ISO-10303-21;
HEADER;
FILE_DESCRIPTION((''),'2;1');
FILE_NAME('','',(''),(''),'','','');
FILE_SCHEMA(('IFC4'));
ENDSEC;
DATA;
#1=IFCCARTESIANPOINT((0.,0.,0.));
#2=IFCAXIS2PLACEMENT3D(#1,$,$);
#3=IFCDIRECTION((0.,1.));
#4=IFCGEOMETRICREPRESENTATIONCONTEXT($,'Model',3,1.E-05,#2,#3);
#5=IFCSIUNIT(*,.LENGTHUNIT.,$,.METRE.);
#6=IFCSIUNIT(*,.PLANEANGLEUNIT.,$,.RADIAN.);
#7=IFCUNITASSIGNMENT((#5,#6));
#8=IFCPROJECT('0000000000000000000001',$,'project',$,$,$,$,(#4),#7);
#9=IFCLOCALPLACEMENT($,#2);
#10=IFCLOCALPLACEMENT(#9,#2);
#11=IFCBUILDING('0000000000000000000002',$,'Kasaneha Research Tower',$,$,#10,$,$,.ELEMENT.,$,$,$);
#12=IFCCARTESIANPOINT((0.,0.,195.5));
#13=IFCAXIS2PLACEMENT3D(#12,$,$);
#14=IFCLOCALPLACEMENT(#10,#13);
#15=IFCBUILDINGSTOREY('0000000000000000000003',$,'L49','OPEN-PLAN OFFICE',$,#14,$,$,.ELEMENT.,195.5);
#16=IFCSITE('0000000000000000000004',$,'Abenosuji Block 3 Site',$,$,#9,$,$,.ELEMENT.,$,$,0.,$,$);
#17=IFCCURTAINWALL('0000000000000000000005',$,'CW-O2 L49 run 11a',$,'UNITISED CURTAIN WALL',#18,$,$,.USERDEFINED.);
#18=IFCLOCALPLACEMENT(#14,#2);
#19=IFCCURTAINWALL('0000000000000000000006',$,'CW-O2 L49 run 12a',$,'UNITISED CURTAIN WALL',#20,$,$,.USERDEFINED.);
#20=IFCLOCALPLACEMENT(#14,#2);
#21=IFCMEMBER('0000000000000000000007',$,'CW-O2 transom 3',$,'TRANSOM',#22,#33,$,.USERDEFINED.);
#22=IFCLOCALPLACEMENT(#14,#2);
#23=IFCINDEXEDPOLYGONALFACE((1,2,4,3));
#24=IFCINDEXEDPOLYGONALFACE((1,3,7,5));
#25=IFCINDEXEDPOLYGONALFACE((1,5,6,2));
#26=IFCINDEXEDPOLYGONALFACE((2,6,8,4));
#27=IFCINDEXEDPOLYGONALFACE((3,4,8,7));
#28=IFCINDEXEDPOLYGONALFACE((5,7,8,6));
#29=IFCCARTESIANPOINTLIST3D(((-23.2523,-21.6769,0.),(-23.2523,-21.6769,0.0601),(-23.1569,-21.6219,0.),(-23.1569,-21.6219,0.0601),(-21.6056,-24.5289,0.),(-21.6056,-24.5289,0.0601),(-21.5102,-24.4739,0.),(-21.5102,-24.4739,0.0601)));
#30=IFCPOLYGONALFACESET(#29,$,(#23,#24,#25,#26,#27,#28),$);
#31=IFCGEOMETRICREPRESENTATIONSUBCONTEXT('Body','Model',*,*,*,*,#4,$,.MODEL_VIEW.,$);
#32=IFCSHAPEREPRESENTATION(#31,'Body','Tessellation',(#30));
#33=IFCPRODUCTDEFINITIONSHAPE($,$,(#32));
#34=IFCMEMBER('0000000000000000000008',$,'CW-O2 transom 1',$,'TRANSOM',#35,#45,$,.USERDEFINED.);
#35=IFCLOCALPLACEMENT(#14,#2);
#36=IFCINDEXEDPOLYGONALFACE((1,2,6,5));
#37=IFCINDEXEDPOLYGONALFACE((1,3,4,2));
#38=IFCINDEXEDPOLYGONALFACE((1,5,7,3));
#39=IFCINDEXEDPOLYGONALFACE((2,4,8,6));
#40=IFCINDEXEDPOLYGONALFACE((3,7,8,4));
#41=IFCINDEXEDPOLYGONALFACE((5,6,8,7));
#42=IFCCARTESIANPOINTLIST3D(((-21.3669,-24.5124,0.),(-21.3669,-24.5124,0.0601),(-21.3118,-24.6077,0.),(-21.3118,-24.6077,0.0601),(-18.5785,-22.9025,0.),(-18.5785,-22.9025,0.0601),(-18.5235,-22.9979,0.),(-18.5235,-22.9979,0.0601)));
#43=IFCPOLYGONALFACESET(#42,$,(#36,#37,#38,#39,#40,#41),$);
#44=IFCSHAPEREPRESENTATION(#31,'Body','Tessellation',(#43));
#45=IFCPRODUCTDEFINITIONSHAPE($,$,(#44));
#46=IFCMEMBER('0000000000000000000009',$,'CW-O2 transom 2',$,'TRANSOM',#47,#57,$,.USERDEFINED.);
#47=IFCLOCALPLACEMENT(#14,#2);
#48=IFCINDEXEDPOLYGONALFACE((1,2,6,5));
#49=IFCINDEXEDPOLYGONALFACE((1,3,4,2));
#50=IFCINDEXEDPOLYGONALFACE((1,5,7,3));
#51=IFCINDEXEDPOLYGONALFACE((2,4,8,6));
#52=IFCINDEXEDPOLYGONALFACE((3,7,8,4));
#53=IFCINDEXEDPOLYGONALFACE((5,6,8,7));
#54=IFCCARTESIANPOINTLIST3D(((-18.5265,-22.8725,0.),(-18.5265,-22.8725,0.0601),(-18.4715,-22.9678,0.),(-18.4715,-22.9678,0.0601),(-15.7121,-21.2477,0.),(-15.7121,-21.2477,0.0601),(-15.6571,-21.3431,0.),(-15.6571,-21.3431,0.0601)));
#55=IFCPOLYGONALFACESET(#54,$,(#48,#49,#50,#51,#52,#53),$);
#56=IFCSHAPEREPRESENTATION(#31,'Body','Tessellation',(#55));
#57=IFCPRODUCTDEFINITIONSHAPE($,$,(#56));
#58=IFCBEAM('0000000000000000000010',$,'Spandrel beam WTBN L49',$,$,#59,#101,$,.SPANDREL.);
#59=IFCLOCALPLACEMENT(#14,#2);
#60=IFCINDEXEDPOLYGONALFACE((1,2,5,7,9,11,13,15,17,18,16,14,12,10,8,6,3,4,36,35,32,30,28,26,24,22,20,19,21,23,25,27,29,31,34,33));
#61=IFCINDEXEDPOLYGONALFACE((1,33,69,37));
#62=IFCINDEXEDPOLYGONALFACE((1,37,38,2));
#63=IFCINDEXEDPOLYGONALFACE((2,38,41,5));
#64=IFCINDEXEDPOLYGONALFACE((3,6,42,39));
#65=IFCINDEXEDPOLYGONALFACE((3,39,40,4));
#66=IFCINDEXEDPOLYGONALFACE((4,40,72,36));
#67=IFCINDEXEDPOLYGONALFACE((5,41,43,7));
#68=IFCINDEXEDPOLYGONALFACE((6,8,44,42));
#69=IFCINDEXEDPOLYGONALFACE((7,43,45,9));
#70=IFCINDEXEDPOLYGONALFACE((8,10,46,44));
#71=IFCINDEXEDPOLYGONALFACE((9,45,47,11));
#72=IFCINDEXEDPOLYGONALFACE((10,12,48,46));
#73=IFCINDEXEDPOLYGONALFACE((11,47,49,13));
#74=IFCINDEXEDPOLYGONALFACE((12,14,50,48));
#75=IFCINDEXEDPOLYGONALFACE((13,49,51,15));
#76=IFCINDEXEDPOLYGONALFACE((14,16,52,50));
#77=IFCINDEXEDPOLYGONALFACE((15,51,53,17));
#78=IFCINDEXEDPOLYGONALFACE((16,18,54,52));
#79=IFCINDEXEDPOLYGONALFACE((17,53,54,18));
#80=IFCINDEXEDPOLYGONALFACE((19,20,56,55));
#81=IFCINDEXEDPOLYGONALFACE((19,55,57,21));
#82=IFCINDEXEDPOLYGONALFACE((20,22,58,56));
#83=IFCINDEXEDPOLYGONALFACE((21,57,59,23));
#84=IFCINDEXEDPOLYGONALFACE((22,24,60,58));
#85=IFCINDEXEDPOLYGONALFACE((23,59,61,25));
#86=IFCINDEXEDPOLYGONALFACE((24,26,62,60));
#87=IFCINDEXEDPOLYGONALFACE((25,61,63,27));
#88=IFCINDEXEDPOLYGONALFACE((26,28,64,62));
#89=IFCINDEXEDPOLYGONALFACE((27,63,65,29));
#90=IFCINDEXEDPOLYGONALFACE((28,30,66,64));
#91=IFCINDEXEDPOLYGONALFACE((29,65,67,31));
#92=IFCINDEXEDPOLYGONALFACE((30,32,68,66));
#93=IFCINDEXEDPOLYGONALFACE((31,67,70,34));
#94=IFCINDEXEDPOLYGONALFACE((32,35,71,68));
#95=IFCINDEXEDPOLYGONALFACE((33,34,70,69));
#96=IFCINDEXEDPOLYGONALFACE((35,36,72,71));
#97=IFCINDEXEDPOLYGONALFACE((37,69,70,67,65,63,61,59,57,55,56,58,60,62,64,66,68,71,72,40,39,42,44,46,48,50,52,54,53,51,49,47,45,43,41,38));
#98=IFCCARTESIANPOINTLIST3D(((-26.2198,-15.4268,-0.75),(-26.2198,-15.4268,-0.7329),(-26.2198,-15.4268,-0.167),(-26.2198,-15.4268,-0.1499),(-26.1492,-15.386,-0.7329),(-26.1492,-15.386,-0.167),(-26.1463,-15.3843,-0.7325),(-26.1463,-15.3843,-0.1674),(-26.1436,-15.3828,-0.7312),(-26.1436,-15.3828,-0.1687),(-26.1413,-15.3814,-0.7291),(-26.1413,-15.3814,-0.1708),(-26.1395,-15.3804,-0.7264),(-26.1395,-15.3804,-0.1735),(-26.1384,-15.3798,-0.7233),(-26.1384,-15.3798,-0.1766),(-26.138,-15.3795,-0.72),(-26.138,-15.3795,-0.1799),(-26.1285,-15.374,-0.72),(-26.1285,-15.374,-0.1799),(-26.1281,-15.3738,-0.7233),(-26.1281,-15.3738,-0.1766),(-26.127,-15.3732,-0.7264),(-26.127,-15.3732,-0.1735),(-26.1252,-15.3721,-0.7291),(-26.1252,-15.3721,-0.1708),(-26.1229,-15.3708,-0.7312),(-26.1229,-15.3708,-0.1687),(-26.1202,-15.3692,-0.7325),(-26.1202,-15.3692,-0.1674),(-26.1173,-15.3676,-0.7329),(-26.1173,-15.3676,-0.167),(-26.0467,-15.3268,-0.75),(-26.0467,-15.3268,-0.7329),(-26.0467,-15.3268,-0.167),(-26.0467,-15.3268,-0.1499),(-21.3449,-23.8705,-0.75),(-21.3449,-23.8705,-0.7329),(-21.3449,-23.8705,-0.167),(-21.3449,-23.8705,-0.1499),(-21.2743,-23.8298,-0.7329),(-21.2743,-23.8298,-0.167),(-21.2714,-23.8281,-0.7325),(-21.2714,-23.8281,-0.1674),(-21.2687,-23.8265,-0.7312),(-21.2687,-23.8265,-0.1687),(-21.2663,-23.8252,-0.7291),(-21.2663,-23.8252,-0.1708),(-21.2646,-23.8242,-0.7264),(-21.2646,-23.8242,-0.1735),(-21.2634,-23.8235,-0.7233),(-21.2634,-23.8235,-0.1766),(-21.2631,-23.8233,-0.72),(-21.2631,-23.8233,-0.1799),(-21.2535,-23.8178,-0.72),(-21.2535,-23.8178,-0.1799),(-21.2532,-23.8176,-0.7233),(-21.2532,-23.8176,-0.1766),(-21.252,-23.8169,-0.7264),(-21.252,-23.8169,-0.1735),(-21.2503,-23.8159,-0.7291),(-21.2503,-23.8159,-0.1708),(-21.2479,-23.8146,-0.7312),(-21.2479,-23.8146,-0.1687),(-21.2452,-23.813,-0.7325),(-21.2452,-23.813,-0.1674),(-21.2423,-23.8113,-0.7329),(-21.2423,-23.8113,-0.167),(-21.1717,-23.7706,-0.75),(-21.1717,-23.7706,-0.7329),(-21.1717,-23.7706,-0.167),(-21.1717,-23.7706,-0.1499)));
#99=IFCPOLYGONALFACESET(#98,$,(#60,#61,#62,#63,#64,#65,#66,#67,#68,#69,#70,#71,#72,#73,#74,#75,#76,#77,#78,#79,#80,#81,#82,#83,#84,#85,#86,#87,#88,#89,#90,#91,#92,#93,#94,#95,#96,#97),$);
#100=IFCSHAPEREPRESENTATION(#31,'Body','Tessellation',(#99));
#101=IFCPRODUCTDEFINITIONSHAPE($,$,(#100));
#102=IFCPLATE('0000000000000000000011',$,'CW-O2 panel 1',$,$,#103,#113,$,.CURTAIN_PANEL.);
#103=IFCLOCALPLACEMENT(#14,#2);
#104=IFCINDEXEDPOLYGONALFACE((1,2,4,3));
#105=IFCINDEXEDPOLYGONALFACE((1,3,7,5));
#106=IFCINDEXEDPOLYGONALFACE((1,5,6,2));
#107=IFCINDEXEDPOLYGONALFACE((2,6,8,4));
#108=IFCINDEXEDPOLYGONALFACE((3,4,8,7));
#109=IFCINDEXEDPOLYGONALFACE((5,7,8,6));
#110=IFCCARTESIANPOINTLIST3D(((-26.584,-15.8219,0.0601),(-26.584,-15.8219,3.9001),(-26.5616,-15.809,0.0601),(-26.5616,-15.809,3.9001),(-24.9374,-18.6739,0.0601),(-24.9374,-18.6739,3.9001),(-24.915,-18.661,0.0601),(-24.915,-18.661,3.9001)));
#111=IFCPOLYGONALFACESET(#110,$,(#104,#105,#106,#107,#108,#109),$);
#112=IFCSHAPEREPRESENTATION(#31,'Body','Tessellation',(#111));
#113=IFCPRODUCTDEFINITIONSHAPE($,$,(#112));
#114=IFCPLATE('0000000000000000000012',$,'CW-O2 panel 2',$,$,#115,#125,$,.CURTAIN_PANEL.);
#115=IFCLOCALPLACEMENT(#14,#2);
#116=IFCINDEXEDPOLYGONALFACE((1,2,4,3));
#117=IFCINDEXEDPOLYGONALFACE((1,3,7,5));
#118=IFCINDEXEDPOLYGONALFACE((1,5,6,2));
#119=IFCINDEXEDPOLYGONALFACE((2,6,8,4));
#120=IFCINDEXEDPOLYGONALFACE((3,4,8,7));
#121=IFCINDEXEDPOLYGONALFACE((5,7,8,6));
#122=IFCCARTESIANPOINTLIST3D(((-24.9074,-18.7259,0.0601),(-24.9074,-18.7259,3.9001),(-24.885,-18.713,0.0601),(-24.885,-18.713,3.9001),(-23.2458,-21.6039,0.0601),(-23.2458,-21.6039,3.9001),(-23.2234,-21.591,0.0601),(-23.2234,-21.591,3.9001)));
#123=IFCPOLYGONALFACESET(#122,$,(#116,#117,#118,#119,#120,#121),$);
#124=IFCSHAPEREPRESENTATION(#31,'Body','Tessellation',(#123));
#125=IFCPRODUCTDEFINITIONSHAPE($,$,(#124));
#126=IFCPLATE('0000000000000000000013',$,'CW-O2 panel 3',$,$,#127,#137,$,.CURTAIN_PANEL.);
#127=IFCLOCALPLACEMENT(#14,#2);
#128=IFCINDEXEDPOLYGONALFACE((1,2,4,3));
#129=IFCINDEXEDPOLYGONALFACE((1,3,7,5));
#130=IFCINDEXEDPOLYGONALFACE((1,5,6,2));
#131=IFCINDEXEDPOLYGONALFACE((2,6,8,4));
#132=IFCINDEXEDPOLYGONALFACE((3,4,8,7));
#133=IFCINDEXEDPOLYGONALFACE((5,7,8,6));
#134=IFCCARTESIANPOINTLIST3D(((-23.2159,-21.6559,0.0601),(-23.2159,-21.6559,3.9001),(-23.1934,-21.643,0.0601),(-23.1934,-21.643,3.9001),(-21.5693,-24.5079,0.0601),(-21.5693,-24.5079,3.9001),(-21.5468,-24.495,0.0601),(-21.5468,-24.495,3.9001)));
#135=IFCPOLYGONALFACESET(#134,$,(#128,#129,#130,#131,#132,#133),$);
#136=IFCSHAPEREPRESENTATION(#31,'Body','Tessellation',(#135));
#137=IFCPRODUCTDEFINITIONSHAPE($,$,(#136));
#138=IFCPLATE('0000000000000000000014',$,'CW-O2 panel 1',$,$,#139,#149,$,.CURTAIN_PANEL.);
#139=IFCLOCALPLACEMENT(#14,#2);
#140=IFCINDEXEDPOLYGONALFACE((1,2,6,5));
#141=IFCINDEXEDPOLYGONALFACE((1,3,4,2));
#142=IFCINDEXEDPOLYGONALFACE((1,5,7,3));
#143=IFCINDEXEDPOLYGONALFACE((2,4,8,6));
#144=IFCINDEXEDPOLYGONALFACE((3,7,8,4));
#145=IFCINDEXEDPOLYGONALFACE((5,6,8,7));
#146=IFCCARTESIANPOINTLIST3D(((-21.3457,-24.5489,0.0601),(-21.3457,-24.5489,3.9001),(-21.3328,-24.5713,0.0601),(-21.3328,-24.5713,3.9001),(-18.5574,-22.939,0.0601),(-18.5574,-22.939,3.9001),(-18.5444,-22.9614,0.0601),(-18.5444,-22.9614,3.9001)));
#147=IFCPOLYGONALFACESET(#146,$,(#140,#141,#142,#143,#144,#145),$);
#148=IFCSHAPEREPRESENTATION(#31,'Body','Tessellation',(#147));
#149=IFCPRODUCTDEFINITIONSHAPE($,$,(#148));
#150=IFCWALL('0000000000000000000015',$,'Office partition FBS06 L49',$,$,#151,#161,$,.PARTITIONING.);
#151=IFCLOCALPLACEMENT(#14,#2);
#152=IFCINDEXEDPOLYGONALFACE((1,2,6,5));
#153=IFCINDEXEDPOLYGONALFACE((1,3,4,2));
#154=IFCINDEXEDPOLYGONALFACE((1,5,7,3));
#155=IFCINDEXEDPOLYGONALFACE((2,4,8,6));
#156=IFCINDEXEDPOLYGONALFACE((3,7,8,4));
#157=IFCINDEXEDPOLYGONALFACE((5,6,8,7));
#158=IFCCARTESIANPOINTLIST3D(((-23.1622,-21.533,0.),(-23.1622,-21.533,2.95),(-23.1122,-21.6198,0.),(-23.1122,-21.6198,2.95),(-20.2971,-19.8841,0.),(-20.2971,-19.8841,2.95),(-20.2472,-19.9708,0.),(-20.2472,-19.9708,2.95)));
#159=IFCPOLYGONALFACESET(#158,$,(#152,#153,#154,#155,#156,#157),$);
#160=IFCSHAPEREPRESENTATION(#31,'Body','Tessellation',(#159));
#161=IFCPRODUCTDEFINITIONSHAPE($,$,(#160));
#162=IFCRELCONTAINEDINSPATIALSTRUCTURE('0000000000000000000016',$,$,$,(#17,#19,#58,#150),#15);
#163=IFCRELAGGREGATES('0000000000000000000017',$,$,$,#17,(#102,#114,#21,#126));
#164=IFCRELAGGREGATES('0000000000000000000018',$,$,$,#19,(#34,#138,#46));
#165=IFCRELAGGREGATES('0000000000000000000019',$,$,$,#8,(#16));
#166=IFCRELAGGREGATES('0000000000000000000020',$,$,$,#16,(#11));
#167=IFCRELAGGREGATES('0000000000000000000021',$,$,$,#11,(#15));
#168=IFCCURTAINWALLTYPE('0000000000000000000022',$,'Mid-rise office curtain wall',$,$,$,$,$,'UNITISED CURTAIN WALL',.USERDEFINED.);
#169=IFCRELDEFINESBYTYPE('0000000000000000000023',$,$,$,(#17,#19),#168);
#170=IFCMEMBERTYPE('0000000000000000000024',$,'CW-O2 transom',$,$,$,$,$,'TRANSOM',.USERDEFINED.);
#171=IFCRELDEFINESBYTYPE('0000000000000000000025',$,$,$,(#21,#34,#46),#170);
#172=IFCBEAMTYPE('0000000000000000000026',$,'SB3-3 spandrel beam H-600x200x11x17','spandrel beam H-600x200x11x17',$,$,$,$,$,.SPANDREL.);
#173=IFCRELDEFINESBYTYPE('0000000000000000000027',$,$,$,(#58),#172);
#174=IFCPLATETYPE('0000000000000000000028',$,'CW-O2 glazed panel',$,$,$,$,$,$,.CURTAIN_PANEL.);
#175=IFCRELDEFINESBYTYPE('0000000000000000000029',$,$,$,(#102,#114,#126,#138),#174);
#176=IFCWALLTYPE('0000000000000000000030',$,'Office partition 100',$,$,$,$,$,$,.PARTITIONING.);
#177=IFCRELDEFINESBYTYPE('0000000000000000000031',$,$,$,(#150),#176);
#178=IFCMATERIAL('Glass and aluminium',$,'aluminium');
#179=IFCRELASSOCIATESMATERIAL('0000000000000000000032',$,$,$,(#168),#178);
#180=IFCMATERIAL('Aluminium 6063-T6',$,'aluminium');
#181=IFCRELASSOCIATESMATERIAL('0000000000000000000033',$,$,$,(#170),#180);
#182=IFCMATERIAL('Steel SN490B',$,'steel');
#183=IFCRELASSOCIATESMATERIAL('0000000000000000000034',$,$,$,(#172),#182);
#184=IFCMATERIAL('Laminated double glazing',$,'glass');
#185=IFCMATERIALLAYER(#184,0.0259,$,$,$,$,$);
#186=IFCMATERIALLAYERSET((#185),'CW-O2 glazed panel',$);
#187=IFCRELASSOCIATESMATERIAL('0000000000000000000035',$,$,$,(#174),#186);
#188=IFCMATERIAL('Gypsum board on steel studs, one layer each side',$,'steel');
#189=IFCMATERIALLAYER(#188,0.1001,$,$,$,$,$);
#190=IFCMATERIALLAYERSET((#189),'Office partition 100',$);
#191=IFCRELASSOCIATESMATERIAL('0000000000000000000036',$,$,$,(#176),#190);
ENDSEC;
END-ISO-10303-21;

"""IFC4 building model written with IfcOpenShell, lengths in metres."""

from ifc_helpers import new_model, si_unit, direction, frame, frame_2d, origin, origin_2d, place, context, subcontext, project, spatial, rectangle, i_section, extrude, material, layer, layer_set, material_profile, profile_set, type_object, element, aggregate, save


model = new_model("IFC4")

# Units and contexts
model_context = context("Model", 3, precision=1e-05, world=origin(), true_north=direction((0.0, 1.0)))
body_context = subcontext(model_context, "Body", "Model", "MODEL_VIEW")
ifc_project = project(units=[si_unit("LENGTHUNIT", "METRE"), si_unit("PLANEANGLEUNIT", "RADIAN")], contexts=[model_context])

# Site, building, storey
site_placement = place(None, origin())
site = spatial("IfcSite", under=ifc_project, at=site_placement, Name="Abenosuji Block 3 Site", CompositionType="ELEMENT", RefElevation=0.0)
building_placement = place(site_placement, origin())
building = spatial("IfcBuilding", under=site, at=building_placement, Name="Kasaneha Research Tower", CompositionType="ELEMENT")
storey_placement = place(building_placement, frame((0.0, 0.0, 195.5)))
storey = spatial("IfcBuildingStorey", under=building, at=storey_placement, Name="L49", Description="OPEN-PLAN OFFICE", CompositionType="ELEMENT", Elevation=195.5)

# Shared definitions
ifc_material_1 = material(Name="Glass and aluminium", Category="aluminium")
curtain_wall_type = type_object("IfcCurtainWallType", Name="Mid-rise office curtain wall", ElementType="UNITISED CURTAIN WALL", PredefinedType="USERDEFINED", material=ifc_material_1)

# Curtain walls
curtain_wall_1_placement = place(storey_placement, origin())
curtain_wall_1 = element("IfcCurtainWall", 1, at=curtain_wall_1_placement, inside=storey, type_object=curtain_wall_type, Name="CW-O2 L49 run 11a", ObjectType="UNITISED CURTAIN WALL", PredefinedType="USERDEFINED")
curtain_wall_2_placement = place(storey_placement, origin())
curtain_wall_2 = element("IfcCurtainWall", 2, at=curtain_wall_2_placement, inside=storey, type_object=curtain_wall_type, Name="CW-O2 L49 run 12a", ObjectType="UNITISED CURTAIN WALL", PredefinedType="USERDEFINED")

# Members
ifc_material_2 = material(Name="Aluminium 6063-T6", Category="aluminium")
ifc_material_profile_1 = material_profile(ifc_material_2, rectangle(XDim=0.1101, YDim=0.0601, at=origin_2d()), Name="CW-O2 transom 110x60")
ifc_profile_set_1 = profile_set([ifc_material_profile_1], Name="Aluminium 6063-T6")
member_type_1 = type_object("IfcMemberType", Name="CW-O2 transom", ElementType="TRANSOM", PredefinedType="USERDEFINED", material=ifc_profile_set_1)
member_1_placement = place(storey_placement, frame((-23.2046, -21.6494, 0.03), z_axis=(0.500022, -0.866013, 0.0), x_axis=(0.866013, 0.500022, 0.0)))
member_1 = element("IfcMember", 3, at=member_1_placement, type_object=member_type_1, Name="CW-O2 transom 3", ObjectType="TRANSOM", PredefinedType="USERDEFINED", context=body_context, shape_type="SweptSolid", body=[
    extrude(rectangle(XDim=0.1101, YDim=0.0601, at=origin_2d()), origin(), (0.0, 0.0, 1.0), 3.2932),
])
member_2_placement = place(storey_placement, frame((-21.3394, -24.5601, 0.03), z_axis=(0.866023, 0.500005, 0.0), x_axis=(-0.500005, 0.866023, 0.0)))
member_2 = element("IfcMember", 4, at=member_2_placement, type_object=member_type_1, Name="CW-O2 transom 1", ObjectType="TRANSOM", PredefinedType="USERDEFINED", context=body_context, shape_type="SweptSolid", body=[
    extrude(rectangle(XDim=0.1101, YDim=0.0601, at=origin_2d()), origin(), (0.0, 0.0, 1.0), 3.2197),
])
member_3_placement = place(storey_placement, frame((-18.499, -22.9202, 0.03), z_axis=(0.866048, 0.499961, 0.0), x_axis=(-0.499961, 0.866048, 0.0)))
member_3 = element("IfcMember", 5, at=member_3_placement, type_object=member_type_1, Name="CW-O2 transom 2", ObjectType="TRANSOM", PredefinedType="USERDEFINED", context=body_context, shape_type="SweptSolid", body=[
    extrude(rectangle(XDim=0.1101, YDim=0.0601, at=origin_2d()), origin(), (0.0, 0.0, 1.0), 3.2498),
])

# Beam
ifc_material_3 = material(Name="Steel SN490B", Category="steel")
ifc_material_profile_2 = material_profile(ifc_material_3, i_section(OverallWidth=0.2, OverallDepth=0.6001, WebThickness=0.011, FlangeThickness=0.0171, FilletRadius=0.0129, at=origin_2d()), Name="H-600x200x11x17")
ifc_profile_set_2 = profile_set([ifc_material_profile_2], Name="Steel SN490B")
beam_type_1 = type_object("IfcBeamType", Name="SB3-3 spandrel beam H-600x200x11x17", Description="spandrel beam H-600x200x11x17", PredefinedType="SPANDREL", material=ifc_profile_set_2)
beam_1_placement = place(storey_placement, frame((-21.2583, -23.8206, -0.45), z_axis=(-0.499996, 0.866028, 0.0), x_axis=(-0.866028, -0.499996, 0.0)))
element("IfcBeam", 6, at=beam_1_placement, inside=storey, type_object=beam_type_1, Name="Spandrel beam WTBN L49", PredefinedType="SPANDREL", context=body_context, shape_type="SweptSolid", body=[
    extrude(i_section(OverallWidth=0.2, OverallDepth=0.6001, WebThickness=0.011, FlangeThickness=0.0171, FilletRadius=0.0129, at=origin_2d()), origin(), (0.0, 0.0, 1.0), 9.75),
])

# Plates
ifc_material_4 = material(Name="Laminated double glazing", Category="glass")
ifc_layer_1 = layer(ifc_material_4, 0.0259)
ifc_layer_set_1 = layer_set([ifc_layer_1], Name="CW-O2 glazed panel")
plate_type = type_object("IfcPlateType", Name="CW-O2 glazed panel", PredefinedType="CURTAIN_PANEL", material=ifc_layer_set_1)
plate_1_placement = place(storey_placement, frame((-25.7495, -17.2415, 0.0601), z_axis=(0.0, 0.0, 1.0), x_axis=(0.5, -0.866025, 0.0)))
plate_1 = element("IfcPlate", 7, at=plate_1_placement, type_object=plate_type, Name="CW-O2 panel 1", PredefinedType="CURTAIN_PANEL", context=body_context, shape_type="SweptSolid", body=[
    extrude(rectangle(XDim=3.2932, YDim=0.0259, at=origin_2d()), origin(), (0.0, 0.0, 1.0), 3.8401),
])
plate_2_placement = place(storey_placement, frame((-24.0654, -20.1584, 0.0601), z_axis=(0.0, 0.0, 1.0), x_axis=(0.5, -0.866025, 0.0)))
plate_2 = element("IfcPlate", 8, at=plate_2_placement, type_object=plate_type, Name="CW-O2 panel 2", PredefinedType="CURTAIN_PANEL", context=body_context, shape_type="SweptSolid", body=[
    extrude(rectangle(XDim=3.3232, YDim=0.0259, at=origin_2d()), origin(), (0.0, 0.0, 1.0), 3.8401),
])
plate_3_placement = place(storey_placement, frame((-22.3813, -23.0754, 0.0601), z_axis=(0.0, 0.0, 1.0), x_axis=(0.5, -0.866025, 0.0)))
plate_3 = element("IfcPlate", 9, at=plate_3_placement, type_object=plate_type, Name="CW-O2 panel 3", PredefinedType="CURTAIN_PANEL", context=body_context, shape_type="SweptSolid", body=[
    extrude(rectangle(XDim=3.2932, YDim=0.0259, at=origin_2d()), origin(), (0.0, 0.0, 1.0), 3.8401),
])
aggregate(curtain_wall_1, [plate_1, plate_2, member_1, plate_3])
plate_4_placement = place(storey_placement, frame((-19.9451, -23.7551, 0.0601), z_axis=(0.0, 0.0, 1.0), x_axis=(0.866025, 0.5, 0.0)))
plate_4 = element("IfcPlate", 10, at=plate_4_placement, type_object=plate_type, Name="CW-O2 panel 1", PredefinedType="CURTAIN_PANEL", context=body_context, shape_type="SweptSolid", body=[
    extrude(rectangle(XDim=3.2197, YDim=0.0259, at=origin_2d()), origin(), (0.0, 0.0, 1.0), 3.8401),
])
aggregate(curtain_wall_2, [member_2, plate_4, member_3])

# Wall
ifc_material_5 = material(Name="Gypsum board on steel studs, one layer each side", Category="steel")
ifc_layer_2 = layer(ifc_material_5, 0.1001)
ifc_layer_set_2 = layer_set([ifc_layer_2], Name="Office partition 100")
wall_type = type_object("IfcWallType", Name="Office partition 100", PredefinedType="PARTITIONING", material=ifc_layer_set_2)
wall_1_placement = place(storey_placement, frame((-23.1372, -21.5764, 0.0), z_axis=(0.0, 0.0, 1.0), x_axis=(0.866703, 0.498825, 0.0)))
element("IfcWall", 11, at=wall_1_placement, inside=storey, type_object=wall_type, Name="Office partition FBS06 L49", PredefinedType="PARTITIONING", context=body_context, shape_type="SweptSolid", body=[
    extrude(rectangle(XDim=3.3057, YDim=0.1001, at=frame_2d((1.6528, 0.0))), origin(), (0.0, 0.0, 1.0), 2.95),
])

save(model, "model.ifc")
